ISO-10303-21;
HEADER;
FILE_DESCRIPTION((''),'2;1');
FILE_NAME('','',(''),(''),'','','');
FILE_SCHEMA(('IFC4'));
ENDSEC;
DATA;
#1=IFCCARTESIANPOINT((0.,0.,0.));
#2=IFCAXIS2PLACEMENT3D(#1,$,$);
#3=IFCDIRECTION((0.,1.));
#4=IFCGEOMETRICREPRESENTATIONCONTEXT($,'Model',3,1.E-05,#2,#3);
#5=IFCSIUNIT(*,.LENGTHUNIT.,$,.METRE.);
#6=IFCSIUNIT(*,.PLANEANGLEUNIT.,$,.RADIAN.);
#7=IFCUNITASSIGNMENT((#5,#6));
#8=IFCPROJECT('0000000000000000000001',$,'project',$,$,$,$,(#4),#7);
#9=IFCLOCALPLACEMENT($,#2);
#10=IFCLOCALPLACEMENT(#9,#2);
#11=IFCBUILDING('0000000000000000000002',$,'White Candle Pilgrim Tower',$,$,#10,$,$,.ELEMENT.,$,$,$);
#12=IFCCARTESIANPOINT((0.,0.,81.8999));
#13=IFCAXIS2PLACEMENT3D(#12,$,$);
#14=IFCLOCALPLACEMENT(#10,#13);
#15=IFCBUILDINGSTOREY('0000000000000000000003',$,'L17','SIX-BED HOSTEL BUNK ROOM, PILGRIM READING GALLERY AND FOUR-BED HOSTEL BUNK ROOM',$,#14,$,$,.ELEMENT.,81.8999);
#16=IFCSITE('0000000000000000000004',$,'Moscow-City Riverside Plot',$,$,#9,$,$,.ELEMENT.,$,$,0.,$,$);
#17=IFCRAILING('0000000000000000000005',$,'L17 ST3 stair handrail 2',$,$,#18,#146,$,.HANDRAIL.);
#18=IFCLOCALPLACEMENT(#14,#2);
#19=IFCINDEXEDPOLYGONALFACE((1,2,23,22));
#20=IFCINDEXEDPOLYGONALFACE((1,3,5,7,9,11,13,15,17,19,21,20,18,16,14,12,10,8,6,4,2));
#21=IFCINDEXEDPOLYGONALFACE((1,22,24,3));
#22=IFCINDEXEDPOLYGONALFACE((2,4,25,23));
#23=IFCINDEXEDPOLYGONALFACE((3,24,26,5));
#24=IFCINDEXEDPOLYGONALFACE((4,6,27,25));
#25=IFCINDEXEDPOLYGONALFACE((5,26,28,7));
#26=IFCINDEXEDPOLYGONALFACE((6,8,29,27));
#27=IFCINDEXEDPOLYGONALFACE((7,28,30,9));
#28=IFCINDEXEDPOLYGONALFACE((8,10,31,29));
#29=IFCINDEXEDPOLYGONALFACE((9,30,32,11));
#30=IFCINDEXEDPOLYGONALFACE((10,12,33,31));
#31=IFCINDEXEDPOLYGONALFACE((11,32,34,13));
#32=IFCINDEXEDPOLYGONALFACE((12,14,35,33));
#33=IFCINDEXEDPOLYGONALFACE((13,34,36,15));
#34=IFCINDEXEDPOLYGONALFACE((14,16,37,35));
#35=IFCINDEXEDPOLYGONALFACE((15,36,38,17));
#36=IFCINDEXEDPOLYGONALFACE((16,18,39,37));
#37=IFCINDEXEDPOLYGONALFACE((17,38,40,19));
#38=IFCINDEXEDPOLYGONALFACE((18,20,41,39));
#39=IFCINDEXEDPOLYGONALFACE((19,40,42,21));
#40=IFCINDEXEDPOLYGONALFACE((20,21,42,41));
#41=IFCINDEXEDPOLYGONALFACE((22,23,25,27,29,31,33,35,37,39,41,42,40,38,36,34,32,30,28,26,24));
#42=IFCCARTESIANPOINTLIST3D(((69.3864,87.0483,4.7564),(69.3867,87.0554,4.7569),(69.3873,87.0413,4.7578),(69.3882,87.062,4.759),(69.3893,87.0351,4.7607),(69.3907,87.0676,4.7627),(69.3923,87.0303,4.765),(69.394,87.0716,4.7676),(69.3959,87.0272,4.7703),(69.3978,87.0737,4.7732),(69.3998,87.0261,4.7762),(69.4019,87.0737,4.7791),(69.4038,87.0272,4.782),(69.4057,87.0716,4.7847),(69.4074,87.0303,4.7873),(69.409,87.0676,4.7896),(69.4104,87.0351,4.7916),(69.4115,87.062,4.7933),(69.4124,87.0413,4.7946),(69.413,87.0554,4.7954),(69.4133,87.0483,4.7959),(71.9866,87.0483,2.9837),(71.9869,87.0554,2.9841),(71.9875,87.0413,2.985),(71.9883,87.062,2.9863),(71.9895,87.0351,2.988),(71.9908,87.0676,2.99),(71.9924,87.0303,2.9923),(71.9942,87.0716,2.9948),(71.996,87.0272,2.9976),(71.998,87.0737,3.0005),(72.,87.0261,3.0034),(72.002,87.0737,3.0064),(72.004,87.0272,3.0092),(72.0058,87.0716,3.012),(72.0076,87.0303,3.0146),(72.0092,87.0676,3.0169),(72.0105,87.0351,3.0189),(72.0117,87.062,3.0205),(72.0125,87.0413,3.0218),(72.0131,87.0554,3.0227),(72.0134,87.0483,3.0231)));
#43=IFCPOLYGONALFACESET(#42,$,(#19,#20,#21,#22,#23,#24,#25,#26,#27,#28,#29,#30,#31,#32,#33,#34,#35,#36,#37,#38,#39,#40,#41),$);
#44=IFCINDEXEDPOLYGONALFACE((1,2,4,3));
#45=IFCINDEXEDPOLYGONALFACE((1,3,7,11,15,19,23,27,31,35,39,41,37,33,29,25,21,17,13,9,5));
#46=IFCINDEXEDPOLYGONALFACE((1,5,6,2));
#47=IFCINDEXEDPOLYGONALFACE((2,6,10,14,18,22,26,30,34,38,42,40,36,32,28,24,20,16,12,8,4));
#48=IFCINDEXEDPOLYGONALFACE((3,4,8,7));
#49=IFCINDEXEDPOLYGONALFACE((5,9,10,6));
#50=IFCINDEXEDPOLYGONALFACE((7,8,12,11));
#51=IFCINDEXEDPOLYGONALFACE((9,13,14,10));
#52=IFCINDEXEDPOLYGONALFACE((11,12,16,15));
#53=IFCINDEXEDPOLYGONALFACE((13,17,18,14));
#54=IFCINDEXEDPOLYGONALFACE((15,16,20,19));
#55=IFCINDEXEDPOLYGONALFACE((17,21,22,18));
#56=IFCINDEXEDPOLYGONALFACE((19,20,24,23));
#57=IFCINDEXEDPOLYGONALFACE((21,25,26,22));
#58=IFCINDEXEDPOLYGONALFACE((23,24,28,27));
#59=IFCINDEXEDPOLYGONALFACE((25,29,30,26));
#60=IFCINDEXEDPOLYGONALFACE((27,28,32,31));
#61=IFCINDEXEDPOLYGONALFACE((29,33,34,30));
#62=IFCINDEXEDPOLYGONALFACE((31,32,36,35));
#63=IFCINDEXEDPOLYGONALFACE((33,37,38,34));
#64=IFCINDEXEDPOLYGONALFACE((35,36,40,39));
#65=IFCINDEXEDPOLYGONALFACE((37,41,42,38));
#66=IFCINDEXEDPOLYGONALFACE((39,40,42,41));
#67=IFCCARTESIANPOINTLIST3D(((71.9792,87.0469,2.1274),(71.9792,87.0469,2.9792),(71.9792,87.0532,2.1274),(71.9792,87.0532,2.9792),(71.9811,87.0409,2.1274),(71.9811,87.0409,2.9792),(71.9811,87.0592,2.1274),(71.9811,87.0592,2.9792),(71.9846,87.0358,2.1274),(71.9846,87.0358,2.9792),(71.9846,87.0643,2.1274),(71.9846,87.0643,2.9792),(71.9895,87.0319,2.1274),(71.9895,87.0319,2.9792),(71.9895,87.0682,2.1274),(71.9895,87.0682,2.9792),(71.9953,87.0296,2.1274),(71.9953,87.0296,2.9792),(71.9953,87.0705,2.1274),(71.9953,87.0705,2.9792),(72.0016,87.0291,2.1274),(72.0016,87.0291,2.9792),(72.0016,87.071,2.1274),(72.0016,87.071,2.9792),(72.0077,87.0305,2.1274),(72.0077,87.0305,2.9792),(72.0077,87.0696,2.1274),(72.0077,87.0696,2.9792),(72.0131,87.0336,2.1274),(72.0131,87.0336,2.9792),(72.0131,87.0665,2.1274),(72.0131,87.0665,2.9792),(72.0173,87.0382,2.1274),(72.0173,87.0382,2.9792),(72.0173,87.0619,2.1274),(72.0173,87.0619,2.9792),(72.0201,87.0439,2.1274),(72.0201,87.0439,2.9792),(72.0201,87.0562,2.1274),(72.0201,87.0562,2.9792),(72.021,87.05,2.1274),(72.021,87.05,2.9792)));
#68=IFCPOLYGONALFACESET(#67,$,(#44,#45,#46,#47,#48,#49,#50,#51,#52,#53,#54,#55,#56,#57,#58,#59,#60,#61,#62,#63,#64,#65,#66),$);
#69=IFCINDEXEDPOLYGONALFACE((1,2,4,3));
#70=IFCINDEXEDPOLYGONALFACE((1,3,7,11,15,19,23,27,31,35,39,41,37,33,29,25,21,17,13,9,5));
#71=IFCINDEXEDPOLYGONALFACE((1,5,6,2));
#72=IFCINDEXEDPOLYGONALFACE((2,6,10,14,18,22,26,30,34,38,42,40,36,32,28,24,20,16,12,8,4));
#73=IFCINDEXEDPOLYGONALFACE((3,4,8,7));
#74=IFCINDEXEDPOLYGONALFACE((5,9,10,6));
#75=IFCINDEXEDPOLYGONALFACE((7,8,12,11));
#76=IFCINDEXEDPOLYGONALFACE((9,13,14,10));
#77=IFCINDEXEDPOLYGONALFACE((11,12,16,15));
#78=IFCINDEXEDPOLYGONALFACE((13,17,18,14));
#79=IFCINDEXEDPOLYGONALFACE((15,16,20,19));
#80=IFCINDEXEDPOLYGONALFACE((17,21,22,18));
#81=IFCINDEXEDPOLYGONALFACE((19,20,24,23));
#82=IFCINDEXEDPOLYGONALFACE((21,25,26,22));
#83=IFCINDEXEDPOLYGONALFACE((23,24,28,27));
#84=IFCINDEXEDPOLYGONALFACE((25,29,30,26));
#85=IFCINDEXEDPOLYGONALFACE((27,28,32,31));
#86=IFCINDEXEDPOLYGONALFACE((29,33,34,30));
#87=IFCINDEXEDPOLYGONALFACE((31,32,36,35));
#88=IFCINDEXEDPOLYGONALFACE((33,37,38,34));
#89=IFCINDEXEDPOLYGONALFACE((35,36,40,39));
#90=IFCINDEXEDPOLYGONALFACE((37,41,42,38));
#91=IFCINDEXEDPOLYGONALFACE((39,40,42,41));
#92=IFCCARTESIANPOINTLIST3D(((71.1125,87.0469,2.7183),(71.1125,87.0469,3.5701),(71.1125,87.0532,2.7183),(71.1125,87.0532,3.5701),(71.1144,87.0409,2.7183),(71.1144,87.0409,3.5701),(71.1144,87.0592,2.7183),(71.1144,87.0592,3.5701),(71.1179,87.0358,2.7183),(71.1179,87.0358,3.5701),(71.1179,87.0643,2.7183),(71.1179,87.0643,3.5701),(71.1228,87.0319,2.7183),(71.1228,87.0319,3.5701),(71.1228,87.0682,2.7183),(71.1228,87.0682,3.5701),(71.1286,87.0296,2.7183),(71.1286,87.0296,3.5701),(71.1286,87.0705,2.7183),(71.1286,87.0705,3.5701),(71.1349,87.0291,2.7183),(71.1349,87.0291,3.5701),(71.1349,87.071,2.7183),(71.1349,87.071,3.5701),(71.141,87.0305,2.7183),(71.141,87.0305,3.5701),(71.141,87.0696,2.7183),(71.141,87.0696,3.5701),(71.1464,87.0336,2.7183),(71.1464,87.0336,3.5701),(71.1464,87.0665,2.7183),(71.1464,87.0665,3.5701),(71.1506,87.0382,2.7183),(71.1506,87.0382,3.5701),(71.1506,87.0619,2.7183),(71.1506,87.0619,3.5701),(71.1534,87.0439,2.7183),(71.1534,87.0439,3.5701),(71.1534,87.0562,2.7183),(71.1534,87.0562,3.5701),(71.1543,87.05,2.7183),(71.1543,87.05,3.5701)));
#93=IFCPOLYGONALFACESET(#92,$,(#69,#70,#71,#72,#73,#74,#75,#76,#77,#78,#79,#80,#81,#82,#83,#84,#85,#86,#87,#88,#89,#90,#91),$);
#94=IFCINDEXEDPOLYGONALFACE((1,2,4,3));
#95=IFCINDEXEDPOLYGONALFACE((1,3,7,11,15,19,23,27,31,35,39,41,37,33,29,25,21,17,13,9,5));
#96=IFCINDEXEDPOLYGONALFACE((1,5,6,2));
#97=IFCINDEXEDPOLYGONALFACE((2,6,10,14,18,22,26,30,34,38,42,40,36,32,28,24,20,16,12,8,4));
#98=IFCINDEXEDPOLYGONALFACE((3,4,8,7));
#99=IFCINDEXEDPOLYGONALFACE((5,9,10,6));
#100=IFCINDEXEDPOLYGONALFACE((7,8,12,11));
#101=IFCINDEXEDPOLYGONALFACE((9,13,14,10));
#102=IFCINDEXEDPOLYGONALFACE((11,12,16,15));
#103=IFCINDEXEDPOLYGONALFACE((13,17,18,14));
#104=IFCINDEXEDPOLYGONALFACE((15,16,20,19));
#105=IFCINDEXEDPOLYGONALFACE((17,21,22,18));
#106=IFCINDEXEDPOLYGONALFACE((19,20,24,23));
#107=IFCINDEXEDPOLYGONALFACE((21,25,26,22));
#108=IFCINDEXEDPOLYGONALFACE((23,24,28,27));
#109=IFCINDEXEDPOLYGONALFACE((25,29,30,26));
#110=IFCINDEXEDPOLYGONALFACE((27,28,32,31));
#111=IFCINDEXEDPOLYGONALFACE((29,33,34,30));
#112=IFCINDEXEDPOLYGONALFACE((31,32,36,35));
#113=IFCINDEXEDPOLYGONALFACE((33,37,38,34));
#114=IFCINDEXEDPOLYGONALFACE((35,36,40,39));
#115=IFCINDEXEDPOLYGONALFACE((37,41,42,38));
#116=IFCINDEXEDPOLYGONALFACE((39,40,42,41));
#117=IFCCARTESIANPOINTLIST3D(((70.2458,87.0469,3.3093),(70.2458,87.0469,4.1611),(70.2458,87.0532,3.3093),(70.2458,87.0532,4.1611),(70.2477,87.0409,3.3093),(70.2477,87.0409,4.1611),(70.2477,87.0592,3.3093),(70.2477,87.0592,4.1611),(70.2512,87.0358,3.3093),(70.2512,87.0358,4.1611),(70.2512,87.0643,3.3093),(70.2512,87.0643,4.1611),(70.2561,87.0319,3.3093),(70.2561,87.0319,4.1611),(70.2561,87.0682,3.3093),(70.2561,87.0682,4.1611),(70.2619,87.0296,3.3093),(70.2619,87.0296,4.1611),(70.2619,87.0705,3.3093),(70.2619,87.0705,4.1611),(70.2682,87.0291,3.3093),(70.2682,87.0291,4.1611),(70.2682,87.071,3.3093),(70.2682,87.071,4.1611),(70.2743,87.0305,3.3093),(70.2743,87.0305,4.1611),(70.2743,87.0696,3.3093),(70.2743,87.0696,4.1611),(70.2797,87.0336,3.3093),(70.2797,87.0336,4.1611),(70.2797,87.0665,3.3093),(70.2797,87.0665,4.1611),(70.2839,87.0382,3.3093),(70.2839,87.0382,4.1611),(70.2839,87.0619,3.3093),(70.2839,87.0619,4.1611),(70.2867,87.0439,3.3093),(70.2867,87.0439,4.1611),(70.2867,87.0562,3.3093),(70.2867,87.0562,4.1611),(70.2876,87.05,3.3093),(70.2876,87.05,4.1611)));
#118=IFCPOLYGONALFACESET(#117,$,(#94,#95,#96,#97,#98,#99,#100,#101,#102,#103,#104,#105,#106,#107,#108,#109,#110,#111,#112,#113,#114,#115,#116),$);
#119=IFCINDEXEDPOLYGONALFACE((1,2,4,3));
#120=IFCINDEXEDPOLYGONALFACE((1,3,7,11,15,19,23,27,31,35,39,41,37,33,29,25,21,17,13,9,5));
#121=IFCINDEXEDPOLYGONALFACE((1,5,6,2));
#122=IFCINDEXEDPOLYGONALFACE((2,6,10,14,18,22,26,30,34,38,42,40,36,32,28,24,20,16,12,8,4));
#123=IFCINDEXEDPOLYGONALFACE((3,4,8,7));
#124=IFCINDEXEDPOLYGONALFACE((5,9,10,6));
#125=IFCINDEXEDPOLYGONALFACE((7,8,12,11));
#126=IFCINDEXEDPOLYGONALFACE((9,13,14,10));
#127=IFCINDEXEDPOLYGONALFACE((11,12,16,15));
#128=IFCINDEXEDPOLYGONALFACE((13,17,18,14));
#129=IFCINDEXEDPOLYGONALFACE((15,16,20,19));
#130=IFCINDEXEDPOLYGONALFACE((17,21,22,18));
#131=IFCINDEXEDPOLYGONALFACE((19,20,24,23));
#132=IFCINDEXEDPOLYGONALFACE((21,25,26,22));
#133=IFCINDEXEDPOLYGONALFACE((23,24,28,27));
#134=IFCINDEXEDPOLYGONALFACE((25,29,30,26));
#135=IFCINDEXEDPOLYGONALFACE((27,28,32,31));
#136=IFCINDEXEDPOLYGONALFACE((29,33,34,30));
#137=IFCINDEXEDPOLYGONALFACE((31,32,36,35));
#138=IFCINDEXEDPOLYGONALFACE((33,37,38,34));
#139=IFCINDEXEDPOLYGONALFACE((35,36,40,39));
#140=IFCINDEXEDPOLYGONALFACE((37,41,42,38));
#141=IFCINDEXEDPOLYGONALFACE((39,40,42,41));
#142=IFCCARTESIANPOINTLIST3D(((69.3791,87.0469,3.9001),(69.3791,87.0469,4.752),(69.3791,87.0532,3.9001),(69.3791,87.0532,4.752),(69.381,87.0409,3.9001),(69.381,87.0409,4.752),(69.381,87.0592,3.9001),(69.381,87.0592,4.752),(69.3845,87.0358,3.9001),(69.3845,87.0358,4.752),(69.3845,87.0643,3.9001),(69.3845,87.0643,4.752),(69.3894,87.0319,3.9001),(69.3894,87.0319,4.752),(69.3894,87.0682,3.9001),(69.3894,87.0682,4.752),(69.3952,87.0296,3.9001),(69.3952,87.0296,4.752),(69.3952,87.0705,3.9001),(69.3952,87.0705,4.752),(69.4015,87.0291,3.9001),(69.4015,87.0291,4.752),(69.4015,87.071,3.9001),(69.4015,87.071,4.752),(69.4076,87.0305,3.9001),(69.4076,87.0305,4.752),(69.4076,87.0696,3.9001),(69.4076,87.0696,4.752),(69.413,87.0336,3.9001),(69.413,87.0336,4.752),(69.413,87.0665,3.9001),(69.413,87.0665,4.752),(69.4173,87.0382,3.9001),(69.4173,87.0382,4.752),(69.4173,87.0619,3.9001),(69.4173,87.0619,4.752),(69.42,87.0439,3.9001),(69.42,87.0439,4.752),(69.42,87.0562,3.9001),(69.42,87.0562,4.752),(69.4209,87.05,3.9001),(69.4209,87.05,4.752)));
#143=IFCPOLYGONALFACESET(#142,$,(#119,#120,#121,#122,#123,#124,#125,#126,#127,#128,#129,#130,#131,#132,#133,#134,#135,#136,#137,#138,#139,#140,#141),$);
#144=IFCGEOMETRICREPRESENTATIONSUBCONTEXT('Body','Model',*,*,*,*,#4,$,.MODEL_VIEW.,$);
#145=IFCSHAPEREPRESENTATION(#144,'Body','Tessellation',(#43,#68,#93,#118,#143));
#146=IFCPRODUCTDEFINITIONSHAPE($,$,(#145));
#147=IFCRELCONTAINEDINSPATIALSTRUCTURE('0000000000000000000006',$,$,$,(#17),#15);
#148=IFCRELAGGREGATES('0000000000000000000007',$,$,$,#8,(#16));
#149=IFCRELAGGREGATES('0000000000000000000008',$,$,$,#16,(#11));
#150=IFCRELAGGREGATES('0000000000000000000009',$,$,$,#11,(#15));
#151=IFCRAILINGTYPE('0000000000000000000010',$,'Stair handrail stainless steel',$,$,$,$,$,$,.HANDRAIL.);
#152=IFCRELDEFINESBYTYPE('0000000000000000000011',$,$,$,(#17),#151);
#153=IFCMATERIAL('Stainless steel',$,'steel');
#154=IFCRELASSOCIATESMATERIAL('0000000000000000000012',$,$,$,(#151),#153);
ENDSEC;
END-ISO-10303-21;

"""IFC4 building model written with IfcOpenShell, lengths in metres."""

from ifc_helpers import new_model, si_unit, direction, frame, origin, origin_2d, place, context, subcontext, project, spatial, circle, extrude, material, type_object, element, save


model = new_model("IFC4")

# Units and contexts
model_context = context("Model", 3, precision=1e-05, world=origin(), true_north=direction((0.0, 1.0)))
body_context = subcontext(model_context, "Body", "Model", "MODEL_VIEW")
ifc_project = project(units=[si_unit("LENGTHUNIT", "METRE"), si_unit("PLANEANGLEUNIT", "RADIAN")], contexts=[model_context])

# Site, building, storey
site_placement = place(None, origin())
site = spatial("IfcSite", under=ifc_project, at=site_placement, Name="Moscow-City Riverside Plot", CompositionType="ELEMENT", RefElevation=0.0)
building_placement = place(site_placement, origin())
building = spatial("IfcBuilding", under=site, at=building_placement, Name="White Candle Pilgrim Tower", CompositionType="ELEMENT")
storey_placement = place(building_placement, frame((0.0, 0.0, 81.8999)))
storey = spatial("IfcBuildingStorey", under=building, at=storey_placement, Name="L17", Description="SIX-BED HOSTEL BUNK ROOM, PILGRIM READING GALLERY AND FOUR-BED HOSTEL BUNK ROOM", CompositionType="ELEMENT", Elevation=81.8999)

# Railing
ifc_material_1 = material(Name="Stainless steel", Category="steel")
railing_type_1 = type_object("IfcRailingType", Name="Stair handrail stainless steel", PredefinedType="HANDRAIL", material=ifc_material_1)
railing_1_placement = place(storey_placement, frame((72.0, 87.05, 2.1274)))
element("IfcRailing", 1, at=railing_1_placement, inside=storey, type_object=railing_type_1, Name="L17 ST3 stair handrail 2", PredefinedType="HANDRAIL", context=body_context, shape_type="SweptSolid", body=[
    extrude(circle(Radius=0.0239, at=origin_2d()), frame((0.0, 0.0, 0.876), z_axis=(-0.82624, 0.0, 0.563318), x_axis=(0.0, -1.0, 0.0)), (0.0, 0.0, 1.0), 3.147),
    extrude(circle(Radius=0.021, at=origin_2d()), origin(), (0.0, 0.0, 1.0), 0.8518),
    extrude(circle(Radius=0.021, at=origin_2d()), frame((-0.8667, 0.0, 0.5908)), (0.0, 0.0, 1.0), 0.8518),
    extrude(circle(Radius=0.021, at=origin_2d()), frame((-1.7334, 0.0, 1.1819)), (0.0, 0.0, 1.0), 0.8518),
    extrude(circle(Radius=0.021, at=origin_2d()), frame((-2.6001, 0.0, 1.7727)), (0.0, 0.0, 1.0), 0.8518),
])

save(model, "model.ifc")
